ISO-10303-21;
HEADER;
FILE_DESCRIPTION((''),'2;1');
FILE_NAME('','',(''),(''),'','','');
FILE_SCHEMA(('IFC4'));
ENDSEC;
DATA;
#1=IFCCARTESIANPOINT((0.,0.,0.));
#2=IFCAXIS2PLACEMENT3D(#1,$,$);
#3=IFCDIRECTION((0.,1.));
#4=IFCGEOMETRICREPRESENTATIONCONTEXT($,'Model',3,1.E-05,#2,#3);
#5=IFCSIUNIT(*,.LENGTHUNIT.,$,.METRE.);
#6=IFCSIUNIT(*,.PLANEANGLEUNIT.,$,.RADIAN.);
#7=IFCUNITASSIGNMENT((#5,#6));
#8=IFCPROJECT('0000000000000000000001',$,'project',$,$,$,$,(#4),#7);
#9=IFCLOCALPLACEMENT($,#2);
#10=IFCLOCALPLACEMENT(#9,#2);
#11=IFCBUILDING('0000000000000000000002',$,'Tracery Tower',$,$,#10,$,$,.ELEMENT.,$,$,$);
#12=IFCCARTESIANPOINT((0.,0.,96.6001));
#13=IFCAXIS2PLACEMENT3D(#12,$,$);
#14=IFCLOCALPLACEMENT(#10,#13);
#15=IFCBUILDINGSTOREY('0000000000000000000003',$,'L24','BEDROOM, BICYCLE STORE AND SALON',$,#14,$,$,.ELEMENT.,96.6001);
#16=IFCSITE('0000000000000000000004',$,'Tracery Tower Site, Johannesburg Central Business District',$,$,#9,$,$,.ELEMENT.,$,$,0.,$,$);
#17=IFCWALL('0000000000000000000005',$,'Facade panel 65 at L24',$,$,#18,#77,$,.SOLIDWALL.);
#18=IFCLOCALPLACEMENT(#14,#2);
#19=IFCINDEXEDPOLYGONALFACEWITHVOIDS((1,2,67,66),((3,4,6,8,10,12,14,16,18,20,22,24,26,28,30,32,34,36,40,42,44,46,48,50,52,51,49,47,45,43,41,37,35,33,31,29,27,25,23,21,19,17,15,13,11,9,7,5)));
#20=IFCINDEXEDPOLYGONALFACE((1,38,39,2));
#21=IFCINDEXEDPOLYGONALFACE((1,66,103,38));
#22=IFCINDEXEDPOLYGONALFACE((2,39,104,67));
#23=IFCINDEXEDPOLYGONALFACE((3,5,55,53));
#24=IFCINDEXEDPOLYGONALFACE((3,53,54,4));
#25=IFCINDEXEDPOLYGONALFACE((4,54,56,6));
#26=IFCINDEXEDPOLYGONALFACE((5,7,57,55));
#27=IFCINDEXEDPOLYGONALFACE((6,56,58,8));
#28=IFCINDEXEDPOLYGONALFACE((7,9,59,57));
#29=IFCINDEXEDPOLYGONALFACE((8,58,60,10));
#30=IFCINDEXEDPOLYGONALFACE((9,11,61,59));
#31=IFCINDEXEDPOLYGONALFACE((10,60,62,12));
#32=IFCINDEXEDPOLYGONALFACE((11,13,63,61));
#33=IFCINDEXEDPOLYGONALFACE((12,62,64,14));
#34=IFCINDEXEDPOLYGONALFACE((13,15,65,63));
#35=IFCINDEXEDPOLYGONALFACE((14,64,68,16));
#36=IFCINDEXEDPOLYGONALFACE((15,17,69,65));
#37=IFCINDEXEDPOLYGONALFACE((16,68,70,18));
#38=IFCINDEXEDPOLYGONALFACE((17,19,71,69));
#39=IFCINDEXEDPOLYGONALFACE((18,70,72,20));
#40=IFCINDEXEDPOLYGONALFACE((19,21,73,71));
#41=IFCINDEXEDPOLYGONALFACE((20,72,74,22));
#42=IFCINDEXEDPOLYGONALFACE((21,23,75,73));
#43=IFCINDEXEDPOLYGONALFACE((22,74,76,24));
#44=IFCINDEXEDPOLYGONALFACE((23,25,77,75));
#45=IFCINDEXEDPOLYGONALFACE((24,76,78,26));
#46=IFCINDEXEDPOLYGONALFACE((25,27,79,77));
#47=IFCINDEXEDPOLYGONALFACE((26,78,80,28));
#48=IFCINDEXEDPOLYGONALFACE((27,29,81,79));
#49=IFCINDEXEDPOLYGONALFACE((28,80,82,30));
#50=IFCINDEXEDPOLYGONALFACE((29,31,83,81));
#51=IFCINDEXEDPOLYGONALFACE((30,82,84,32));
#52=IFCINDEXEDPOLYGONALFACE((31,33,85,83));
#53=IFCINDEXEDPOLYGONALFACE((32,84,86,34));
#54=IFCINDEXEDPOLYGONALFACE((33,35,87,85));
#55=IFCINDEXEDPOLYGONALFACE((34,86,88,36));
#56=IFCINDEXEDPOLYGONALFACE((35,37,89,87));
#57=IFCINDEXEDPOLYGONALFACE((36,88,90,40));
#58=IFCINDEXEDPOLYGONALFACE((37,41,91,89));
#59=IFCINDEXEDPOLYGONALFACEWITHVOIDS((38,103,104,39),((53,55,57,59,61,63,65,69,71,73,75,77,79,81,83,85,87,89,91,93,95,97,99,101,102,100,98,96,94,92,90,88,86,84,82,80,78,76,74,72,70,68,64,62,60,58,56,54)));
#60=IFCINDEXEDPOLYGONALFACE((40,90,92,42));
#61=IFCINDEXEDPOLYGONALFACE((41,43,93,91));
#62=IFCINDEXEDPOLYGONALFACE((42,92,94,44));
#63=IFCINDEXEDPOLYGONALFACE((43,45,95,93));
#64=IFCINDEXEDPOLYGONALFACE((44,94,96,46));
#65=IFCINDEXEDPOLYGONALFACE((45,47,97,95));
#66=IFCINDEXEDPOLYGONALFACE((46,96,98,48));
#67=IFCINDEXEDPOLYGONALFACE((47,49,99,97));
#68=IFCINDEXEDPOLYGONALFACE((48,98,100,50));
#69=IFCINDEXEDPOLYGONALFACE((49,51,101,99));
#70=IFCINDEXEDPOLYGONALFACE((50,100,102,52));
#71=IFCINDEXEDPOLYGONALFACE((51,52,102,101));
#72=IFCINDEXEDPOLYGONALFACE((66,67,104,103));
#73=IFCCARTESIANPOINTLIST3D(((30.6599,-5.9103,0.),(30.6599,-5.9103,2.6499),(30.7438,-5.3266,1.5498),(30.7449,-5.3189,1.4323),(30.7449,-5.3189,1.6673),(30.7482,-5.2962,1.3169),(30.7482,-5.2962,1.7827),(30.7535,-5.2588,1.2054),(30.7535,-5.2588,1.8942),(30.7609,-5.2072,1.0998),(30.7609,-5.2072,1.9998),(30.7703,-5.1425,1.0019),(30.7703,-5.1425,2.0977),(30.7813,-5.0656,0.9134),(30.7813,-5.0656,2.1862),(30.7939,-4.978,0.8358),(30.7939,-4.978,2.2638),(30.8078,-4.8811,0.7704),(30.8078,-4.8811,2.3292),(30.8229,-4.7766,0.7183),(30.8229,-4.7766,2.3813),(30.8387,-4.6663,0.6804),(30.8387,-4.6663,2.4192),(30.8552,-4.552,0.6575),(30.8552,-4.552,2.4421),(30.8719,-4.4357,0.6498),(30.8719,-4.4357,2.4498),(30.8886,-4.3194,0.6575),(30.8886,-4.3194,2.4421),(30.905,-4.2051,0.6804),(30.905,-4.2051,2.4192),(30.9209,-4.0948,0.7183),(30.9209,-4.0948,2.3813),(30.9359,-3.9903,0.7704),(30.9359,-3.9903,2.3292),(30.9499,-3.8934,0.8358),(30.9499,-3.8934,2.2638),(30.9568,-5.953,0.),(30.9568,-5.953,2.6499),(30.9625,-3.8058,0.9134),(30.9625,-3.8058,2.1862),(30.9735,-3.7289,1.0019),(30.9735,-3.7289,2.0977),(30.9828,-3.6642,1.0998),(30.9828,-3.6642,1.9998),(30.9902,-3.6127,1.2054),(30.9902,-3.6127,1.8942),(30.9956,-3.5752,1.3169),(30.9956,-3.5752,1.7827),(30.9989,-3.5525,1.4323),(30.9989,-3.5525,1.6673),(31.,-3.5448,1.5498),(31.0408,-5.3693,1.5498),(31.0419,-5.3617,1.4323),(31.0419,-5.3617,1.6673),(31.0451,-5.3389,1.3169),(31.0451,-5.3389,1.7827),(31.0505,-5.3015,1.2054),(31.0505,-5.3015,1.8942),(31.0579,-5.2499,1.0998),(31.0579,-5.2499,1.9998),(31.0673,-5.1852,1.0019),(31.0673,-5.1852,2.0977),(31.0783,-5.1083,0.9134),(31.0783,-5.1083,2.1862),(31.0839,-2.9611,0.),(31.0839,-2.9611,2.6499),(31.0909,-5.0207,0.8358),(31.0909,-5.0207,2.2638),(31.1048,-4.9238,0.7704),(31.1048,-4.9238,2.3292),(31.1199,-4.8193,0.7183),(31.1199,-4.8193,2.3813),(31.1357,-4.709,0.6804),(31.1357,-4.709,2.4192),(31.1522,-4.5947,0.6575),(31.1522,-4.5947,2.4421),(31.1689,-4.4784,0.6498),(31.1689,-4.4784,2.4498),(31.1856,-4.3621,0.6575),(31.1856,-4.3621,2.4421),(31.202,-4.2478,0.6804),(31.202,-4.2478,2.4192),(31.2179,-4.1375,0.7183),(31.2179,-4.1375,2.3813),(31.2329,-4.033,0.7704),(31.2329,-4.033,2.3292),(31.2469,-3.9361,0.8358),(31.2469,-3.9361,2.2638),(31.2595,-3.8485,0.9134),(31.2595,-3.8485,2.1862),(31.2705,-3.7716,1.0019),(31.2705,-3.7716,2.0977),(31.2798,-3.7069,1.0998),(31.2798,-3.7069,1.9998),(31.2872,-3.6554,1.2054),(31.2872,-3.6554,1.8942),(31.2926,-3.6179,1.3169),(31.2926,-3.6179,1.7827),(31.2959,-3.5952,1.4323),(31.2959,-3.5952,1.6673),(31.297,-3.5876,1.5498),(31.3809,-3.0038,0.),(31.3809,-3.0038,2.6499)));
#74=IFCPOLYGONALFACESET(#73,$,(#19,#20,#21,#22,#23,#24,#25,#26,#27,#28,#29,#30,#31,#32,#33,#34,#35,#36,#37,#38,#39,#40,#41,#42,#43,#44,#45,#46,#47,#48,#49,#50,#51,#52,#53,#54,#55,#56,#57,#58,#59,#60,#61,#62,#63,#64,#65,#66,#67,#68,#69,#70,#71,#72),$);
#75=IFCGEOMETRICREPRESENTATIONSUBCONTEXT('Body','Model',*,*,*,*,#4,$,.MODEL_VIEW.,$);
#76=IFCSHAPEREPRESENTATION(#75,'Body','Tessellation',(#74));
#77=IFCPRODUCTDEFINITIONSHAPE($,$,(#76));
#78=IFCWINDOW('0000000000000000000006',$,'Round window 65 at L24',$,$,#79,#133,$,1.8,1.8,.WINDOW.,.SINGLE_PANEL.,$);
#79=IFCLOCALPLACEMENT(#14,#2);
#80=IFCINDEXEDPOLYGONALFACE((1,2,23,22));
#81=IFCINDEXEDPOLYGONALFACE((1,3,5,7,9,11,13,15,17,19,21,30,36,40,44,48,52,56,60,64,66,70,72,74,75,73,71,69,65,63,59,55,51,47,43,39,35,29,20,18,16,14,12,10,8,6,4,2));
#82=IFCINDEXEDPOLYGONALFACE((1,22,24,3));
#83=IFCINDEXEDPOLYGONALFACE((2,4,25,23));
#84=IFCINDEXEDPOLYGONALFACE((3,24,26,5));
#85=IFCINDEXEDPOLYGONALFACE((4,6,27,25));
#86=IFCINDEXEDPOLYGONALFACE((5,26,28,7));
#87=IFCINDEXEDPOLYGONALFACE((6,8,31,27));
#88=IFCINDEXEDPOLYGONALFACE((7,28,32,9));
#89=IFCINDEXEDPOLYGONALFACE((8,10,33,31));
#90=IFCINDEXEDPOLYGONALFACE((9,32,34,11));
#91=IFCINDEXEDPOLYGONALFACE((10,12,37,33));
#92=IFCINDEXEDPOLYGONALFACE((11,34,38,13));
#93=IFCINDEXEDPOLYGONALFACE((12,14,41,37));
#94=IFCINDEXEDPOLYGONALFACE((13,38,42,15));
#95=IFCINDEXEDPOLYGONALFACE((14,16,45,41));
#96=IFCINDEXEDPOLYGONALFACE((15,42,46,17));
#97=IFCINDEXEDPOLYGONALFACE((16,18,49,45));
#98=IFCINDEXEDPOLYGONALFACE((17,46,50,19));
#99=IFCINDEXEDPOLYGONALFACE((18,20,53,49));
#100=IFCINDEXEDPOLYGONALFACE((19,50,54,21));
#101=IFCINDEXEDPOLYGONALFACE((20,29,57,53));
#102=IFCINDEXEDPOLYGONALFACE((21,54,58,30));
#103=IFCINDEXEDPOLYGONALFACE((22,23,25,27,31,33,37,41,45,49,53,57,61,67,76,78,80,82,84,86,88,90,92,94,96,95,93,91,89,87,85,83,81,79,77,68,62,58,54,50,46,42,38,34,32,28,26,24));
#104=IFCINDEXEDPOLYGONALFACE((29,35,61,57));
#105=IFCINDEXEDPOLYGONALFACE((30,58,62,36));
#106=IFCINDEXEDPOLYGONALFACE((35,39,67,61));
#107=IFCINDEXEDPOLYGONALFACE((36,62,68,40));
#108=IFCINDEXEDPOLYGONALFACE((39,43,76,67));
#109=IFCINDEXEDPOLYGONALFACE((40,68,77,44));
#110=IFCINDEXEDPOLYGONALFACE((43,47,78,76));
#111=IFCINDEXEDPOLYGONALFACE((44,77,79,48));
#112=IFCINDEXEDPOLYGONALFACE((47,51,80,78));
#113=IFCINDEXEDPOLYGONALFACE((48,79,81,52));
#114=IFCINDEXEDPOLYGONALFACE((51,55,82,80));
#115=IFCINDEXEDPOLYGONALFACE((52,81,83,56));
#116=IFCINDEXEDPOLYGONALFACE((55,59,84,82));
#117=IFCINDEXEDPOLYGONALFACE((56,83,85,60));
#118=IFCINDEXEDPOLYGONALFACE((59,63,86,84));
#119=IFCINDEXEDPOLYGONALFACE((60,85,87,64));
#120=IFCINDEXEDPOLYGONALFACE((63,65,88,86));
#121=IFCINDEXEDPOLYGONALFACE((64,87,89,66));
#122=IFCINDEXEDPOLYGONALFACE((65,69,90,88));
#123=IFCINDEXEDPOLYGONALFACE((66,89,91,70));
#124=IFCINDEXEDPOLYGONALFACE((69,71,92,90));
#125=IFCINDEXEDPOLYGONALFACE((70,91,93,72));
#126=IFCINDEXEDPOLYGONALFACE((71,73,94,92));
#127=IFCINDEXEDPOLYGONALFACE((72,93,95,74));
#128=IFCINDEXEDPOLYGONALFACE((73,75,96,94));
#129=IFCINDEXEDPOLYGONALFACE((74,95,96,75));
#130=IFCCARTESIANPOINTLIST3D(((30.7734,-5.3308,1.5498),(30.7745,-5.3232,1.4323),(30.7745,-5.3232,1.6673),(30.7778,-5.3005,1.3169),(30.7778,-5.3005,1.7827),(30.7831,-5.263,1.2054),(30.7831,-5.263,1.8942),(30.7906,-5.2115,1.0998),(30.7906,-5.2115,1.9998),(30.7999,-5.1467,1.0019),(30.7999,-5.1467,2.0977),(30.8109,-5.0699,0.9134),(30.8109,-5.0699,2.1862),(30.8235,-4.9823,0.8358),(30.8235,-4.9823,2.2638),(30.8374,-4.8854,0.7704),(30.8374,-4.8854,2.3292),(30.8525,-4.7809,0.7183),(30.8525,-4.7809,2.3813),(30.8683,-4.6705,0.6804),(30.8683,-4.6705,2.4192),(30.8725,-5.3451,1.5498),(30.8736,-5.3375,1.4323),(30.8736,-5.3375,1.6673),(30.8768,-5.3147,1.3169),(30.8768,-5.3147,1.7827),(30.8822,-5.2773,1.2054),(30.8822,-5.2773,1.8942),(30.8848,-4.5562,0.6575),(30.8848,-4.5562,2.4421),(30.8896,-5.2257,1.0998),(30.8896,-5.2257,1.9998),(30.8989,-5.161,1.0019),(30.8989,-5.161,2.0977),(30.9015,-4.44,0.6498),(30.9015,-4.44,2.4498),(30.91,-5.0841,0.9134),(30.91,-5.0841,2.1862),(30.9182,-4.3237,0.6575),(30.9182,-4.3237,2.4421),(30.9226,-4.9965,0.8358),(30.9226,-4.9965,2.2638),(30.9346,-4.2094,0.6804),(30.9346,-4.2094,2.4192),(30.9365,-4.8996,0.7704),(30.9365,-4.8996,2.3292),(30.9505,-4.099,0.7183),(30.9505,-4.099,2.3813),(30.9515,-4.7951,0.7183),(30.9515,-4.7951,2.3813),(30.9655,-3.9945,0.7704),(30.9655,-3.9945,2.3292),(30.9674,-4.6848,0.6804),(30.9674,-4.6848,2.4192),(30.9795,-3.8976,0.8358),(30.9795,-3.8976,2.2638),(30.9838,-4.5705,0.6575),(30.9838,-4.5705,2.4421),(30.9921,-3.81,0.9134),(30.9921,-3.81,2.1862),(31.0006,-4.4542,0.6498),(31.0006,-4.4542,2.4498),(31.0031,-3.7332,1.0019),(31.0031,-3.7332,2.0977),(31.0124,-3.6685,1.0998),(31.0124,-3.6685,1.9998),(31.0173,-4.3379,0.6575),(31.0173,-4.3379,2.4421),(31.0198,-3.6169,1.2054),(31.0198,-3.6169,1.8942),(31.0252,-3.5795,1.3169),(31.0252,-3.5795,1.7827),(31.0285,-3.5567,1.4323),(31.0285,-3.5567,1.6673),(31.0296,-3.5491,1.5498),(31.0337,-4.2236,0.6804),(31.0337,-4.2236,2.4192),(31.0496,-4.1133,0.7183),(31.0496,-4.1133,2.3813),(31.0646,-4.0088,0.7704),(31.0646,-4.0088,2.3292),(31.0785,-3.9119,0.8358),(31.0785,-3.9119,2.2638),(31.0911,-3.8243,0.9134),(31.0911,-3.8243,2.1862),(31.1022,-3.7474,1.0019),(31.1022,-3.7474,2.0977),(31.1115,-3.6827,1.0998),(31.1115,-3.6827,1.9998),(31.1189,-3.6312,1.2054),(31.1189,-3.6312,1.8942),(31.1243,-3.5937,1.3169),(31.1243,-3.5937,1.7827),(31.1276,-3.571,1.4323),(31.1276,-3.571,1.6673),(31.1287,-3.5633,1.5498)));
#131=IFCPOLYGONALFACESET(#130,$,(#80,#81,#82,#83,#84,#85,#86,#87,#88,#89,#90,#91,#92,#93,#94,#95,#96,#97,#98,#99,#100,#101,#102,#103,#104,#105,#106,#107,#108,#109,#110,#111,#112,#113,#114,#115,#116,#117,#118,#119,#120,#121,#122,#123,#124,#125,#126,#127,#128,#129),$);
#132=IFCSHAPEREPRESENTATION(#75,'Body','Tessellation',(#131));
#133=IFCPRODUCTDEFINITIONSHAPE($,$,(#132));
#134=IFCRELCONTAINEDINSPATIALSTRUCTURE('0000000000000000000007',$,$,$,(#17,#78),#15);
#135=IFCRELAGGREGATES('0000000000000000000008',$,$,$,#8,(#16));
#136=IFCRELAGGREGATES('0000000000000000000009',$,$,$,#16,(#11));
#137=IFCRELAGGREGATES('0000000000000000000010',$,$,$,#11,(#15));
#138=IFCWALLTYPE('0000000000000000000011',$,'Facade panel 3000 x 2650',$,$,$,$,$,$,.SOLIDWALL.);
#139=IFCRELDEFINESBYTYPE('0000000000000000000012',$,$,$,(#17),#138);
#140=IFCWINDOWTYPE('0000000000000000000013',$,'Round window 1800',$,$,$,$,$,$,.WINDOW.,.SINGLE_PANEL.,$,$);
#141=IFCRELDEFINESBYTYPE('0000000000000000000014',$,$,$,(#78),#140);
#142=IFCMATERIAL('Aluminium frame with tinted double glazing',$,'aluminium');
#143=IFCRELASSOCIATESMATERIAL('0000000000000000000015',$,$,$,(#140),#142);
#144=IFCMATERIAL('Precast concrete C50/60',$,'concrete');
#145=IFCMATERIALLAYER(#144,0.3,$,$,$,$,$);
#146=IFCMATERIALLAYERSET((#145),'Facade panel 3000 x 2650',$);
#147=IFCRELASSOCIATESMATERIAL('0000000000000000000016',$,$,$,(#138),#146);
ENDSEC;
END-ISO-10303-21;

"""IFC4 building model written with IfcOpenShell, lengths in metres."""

from ifc_helpers import new_model, si_unit, direction, frame, frame_2d, origin, origin_2d, place, context, subcontext, project, spatial, rectangle, circle, extrude, material, layer, layer_set, type_object, element, fill, save


model = new_model("IFC4")

# Units and contexts
model_context = context("Model", 3, precision=1e-05, world=origin(), true_north=direction((0.0, 1.0)))
body_context = subcontext(model_context, "Body", "Model", "MODEL_VIEW")
ifc_project = project(units=[si_unit("LENGTHUNIT", "METRE"), si_unit("PLANEANGLEUNIT", "RADIAN")], contexts=[model_context])

# Site, building, storey
site_placement = place(None, origin())
site = spatial("IfcSite", under=ifc_project, at=site_placement, Name="Tracery Tower Site, Johannesburg Central Business District", CompositionType="ELEMENT", RefElevation=0.0)
building_placement = place(site_placement, origin())
building = spatial("IfcBuilding", under=site, at=building_placement, Name="Tracery Tower", CompositionType="ELEMENT")
storey_placement = place(building_placement, frame((0.0, 0.0, 96.6001)))
storey = spatial("IfcBuildingStorey", under=building, at=storey_placement, Name="L24", Description="BEDROOM, BICYCLE STORE AND SALON", CompositionType="ELEMENT", Elevation=96.6001)

# Wall, opening, window
ifc_material_1 = material(Name="Aluminium frame with tinted double glazing", Category="aluminium")
window_type = type_object("IfcWindowType", Name="Round window 1800", PartitioningType="SINGLE_PANEL", PredefinedType="WINDOW", material=ifc_material_1)
ifc_material_2 = material(Name="Precast concrete C50/60", Category="concrete")
ifc_layer_1 = layer(ifc_material_2, 0.3)
ifc_layer_set_1 = layer_set([ifc_layer_1], Name="Facade panel 3000 x 2650")
wall_type_1 = type_object("IfcWallType", Name="Facade panel 3000 x 2650", PredefinedType="SOLIDWALL", material=ifc_layer_set_1)
wall_1_placement = place(storey_placement, frame((30.8083, -5.9316, 0.0), z_axis=(0.0, 0.0, 1.0), x_axis=(0.142328, 0.98982, 0.0)))
wall_1 = element("IfcWall", 1, at=wall_1_placement, inside=storey, type_object=wall_type_1, Name="Facade panel 65 at L24", PredefinedType="SOLIDWALL", context=body_context, shape_type="SweptSolid", body=[
    extrude(rectangle(XDim=2.9795, YDim=0.3, at=frame_2d((1.4897, 0.0))), origin(), (0.0, 0.0, 1.0), 2.6499),
])
opening_1_placement = place(wall_1_placement, frame((1.4897, 0.0, 1.5498)))
opening_1 = element("IfcOpeningElement", 2, at=opening_1_placement, cuts=wall_1, PredefinedType="OPENING", context=body_context, shape_type="SweptSolid", body=[
    extrude(circle(Radius=0.9, at=origin_2d()), frame((0.0, 0.1599, 0.0), z_axis=(0.0, -1.0, 0.0), x_axis=(1.0, 0.0, 0.0)), (0.0, 0.0, 1.0), 0.3201),
])
window_1_placement = place(opening_1_placement, origin())
window_1 = element("IfcWindow", 3, at=window_1_placement, inside=storey, type_object=window_type, Name="Round window 65 at L24", OverallHeight=1.8, OverallWidth=1.8, PartitioningType="SINGLE_PANEL", PredefinedType="WINDOW", context=body_context, shape_type="SweptSolid", body=[
    extrude(circle(Radius=0.9, at=origin_2d()), frame((0.0, 0.1201, 0.0), z_axis=(0.0, -1.0, 0.0), x_axis=(1.0, 0.0, 0.0)), (0.0, 0.0, 1.0), 0.1001),
])
fill(opening_1, window_1)

save(model, "model.ifc")
